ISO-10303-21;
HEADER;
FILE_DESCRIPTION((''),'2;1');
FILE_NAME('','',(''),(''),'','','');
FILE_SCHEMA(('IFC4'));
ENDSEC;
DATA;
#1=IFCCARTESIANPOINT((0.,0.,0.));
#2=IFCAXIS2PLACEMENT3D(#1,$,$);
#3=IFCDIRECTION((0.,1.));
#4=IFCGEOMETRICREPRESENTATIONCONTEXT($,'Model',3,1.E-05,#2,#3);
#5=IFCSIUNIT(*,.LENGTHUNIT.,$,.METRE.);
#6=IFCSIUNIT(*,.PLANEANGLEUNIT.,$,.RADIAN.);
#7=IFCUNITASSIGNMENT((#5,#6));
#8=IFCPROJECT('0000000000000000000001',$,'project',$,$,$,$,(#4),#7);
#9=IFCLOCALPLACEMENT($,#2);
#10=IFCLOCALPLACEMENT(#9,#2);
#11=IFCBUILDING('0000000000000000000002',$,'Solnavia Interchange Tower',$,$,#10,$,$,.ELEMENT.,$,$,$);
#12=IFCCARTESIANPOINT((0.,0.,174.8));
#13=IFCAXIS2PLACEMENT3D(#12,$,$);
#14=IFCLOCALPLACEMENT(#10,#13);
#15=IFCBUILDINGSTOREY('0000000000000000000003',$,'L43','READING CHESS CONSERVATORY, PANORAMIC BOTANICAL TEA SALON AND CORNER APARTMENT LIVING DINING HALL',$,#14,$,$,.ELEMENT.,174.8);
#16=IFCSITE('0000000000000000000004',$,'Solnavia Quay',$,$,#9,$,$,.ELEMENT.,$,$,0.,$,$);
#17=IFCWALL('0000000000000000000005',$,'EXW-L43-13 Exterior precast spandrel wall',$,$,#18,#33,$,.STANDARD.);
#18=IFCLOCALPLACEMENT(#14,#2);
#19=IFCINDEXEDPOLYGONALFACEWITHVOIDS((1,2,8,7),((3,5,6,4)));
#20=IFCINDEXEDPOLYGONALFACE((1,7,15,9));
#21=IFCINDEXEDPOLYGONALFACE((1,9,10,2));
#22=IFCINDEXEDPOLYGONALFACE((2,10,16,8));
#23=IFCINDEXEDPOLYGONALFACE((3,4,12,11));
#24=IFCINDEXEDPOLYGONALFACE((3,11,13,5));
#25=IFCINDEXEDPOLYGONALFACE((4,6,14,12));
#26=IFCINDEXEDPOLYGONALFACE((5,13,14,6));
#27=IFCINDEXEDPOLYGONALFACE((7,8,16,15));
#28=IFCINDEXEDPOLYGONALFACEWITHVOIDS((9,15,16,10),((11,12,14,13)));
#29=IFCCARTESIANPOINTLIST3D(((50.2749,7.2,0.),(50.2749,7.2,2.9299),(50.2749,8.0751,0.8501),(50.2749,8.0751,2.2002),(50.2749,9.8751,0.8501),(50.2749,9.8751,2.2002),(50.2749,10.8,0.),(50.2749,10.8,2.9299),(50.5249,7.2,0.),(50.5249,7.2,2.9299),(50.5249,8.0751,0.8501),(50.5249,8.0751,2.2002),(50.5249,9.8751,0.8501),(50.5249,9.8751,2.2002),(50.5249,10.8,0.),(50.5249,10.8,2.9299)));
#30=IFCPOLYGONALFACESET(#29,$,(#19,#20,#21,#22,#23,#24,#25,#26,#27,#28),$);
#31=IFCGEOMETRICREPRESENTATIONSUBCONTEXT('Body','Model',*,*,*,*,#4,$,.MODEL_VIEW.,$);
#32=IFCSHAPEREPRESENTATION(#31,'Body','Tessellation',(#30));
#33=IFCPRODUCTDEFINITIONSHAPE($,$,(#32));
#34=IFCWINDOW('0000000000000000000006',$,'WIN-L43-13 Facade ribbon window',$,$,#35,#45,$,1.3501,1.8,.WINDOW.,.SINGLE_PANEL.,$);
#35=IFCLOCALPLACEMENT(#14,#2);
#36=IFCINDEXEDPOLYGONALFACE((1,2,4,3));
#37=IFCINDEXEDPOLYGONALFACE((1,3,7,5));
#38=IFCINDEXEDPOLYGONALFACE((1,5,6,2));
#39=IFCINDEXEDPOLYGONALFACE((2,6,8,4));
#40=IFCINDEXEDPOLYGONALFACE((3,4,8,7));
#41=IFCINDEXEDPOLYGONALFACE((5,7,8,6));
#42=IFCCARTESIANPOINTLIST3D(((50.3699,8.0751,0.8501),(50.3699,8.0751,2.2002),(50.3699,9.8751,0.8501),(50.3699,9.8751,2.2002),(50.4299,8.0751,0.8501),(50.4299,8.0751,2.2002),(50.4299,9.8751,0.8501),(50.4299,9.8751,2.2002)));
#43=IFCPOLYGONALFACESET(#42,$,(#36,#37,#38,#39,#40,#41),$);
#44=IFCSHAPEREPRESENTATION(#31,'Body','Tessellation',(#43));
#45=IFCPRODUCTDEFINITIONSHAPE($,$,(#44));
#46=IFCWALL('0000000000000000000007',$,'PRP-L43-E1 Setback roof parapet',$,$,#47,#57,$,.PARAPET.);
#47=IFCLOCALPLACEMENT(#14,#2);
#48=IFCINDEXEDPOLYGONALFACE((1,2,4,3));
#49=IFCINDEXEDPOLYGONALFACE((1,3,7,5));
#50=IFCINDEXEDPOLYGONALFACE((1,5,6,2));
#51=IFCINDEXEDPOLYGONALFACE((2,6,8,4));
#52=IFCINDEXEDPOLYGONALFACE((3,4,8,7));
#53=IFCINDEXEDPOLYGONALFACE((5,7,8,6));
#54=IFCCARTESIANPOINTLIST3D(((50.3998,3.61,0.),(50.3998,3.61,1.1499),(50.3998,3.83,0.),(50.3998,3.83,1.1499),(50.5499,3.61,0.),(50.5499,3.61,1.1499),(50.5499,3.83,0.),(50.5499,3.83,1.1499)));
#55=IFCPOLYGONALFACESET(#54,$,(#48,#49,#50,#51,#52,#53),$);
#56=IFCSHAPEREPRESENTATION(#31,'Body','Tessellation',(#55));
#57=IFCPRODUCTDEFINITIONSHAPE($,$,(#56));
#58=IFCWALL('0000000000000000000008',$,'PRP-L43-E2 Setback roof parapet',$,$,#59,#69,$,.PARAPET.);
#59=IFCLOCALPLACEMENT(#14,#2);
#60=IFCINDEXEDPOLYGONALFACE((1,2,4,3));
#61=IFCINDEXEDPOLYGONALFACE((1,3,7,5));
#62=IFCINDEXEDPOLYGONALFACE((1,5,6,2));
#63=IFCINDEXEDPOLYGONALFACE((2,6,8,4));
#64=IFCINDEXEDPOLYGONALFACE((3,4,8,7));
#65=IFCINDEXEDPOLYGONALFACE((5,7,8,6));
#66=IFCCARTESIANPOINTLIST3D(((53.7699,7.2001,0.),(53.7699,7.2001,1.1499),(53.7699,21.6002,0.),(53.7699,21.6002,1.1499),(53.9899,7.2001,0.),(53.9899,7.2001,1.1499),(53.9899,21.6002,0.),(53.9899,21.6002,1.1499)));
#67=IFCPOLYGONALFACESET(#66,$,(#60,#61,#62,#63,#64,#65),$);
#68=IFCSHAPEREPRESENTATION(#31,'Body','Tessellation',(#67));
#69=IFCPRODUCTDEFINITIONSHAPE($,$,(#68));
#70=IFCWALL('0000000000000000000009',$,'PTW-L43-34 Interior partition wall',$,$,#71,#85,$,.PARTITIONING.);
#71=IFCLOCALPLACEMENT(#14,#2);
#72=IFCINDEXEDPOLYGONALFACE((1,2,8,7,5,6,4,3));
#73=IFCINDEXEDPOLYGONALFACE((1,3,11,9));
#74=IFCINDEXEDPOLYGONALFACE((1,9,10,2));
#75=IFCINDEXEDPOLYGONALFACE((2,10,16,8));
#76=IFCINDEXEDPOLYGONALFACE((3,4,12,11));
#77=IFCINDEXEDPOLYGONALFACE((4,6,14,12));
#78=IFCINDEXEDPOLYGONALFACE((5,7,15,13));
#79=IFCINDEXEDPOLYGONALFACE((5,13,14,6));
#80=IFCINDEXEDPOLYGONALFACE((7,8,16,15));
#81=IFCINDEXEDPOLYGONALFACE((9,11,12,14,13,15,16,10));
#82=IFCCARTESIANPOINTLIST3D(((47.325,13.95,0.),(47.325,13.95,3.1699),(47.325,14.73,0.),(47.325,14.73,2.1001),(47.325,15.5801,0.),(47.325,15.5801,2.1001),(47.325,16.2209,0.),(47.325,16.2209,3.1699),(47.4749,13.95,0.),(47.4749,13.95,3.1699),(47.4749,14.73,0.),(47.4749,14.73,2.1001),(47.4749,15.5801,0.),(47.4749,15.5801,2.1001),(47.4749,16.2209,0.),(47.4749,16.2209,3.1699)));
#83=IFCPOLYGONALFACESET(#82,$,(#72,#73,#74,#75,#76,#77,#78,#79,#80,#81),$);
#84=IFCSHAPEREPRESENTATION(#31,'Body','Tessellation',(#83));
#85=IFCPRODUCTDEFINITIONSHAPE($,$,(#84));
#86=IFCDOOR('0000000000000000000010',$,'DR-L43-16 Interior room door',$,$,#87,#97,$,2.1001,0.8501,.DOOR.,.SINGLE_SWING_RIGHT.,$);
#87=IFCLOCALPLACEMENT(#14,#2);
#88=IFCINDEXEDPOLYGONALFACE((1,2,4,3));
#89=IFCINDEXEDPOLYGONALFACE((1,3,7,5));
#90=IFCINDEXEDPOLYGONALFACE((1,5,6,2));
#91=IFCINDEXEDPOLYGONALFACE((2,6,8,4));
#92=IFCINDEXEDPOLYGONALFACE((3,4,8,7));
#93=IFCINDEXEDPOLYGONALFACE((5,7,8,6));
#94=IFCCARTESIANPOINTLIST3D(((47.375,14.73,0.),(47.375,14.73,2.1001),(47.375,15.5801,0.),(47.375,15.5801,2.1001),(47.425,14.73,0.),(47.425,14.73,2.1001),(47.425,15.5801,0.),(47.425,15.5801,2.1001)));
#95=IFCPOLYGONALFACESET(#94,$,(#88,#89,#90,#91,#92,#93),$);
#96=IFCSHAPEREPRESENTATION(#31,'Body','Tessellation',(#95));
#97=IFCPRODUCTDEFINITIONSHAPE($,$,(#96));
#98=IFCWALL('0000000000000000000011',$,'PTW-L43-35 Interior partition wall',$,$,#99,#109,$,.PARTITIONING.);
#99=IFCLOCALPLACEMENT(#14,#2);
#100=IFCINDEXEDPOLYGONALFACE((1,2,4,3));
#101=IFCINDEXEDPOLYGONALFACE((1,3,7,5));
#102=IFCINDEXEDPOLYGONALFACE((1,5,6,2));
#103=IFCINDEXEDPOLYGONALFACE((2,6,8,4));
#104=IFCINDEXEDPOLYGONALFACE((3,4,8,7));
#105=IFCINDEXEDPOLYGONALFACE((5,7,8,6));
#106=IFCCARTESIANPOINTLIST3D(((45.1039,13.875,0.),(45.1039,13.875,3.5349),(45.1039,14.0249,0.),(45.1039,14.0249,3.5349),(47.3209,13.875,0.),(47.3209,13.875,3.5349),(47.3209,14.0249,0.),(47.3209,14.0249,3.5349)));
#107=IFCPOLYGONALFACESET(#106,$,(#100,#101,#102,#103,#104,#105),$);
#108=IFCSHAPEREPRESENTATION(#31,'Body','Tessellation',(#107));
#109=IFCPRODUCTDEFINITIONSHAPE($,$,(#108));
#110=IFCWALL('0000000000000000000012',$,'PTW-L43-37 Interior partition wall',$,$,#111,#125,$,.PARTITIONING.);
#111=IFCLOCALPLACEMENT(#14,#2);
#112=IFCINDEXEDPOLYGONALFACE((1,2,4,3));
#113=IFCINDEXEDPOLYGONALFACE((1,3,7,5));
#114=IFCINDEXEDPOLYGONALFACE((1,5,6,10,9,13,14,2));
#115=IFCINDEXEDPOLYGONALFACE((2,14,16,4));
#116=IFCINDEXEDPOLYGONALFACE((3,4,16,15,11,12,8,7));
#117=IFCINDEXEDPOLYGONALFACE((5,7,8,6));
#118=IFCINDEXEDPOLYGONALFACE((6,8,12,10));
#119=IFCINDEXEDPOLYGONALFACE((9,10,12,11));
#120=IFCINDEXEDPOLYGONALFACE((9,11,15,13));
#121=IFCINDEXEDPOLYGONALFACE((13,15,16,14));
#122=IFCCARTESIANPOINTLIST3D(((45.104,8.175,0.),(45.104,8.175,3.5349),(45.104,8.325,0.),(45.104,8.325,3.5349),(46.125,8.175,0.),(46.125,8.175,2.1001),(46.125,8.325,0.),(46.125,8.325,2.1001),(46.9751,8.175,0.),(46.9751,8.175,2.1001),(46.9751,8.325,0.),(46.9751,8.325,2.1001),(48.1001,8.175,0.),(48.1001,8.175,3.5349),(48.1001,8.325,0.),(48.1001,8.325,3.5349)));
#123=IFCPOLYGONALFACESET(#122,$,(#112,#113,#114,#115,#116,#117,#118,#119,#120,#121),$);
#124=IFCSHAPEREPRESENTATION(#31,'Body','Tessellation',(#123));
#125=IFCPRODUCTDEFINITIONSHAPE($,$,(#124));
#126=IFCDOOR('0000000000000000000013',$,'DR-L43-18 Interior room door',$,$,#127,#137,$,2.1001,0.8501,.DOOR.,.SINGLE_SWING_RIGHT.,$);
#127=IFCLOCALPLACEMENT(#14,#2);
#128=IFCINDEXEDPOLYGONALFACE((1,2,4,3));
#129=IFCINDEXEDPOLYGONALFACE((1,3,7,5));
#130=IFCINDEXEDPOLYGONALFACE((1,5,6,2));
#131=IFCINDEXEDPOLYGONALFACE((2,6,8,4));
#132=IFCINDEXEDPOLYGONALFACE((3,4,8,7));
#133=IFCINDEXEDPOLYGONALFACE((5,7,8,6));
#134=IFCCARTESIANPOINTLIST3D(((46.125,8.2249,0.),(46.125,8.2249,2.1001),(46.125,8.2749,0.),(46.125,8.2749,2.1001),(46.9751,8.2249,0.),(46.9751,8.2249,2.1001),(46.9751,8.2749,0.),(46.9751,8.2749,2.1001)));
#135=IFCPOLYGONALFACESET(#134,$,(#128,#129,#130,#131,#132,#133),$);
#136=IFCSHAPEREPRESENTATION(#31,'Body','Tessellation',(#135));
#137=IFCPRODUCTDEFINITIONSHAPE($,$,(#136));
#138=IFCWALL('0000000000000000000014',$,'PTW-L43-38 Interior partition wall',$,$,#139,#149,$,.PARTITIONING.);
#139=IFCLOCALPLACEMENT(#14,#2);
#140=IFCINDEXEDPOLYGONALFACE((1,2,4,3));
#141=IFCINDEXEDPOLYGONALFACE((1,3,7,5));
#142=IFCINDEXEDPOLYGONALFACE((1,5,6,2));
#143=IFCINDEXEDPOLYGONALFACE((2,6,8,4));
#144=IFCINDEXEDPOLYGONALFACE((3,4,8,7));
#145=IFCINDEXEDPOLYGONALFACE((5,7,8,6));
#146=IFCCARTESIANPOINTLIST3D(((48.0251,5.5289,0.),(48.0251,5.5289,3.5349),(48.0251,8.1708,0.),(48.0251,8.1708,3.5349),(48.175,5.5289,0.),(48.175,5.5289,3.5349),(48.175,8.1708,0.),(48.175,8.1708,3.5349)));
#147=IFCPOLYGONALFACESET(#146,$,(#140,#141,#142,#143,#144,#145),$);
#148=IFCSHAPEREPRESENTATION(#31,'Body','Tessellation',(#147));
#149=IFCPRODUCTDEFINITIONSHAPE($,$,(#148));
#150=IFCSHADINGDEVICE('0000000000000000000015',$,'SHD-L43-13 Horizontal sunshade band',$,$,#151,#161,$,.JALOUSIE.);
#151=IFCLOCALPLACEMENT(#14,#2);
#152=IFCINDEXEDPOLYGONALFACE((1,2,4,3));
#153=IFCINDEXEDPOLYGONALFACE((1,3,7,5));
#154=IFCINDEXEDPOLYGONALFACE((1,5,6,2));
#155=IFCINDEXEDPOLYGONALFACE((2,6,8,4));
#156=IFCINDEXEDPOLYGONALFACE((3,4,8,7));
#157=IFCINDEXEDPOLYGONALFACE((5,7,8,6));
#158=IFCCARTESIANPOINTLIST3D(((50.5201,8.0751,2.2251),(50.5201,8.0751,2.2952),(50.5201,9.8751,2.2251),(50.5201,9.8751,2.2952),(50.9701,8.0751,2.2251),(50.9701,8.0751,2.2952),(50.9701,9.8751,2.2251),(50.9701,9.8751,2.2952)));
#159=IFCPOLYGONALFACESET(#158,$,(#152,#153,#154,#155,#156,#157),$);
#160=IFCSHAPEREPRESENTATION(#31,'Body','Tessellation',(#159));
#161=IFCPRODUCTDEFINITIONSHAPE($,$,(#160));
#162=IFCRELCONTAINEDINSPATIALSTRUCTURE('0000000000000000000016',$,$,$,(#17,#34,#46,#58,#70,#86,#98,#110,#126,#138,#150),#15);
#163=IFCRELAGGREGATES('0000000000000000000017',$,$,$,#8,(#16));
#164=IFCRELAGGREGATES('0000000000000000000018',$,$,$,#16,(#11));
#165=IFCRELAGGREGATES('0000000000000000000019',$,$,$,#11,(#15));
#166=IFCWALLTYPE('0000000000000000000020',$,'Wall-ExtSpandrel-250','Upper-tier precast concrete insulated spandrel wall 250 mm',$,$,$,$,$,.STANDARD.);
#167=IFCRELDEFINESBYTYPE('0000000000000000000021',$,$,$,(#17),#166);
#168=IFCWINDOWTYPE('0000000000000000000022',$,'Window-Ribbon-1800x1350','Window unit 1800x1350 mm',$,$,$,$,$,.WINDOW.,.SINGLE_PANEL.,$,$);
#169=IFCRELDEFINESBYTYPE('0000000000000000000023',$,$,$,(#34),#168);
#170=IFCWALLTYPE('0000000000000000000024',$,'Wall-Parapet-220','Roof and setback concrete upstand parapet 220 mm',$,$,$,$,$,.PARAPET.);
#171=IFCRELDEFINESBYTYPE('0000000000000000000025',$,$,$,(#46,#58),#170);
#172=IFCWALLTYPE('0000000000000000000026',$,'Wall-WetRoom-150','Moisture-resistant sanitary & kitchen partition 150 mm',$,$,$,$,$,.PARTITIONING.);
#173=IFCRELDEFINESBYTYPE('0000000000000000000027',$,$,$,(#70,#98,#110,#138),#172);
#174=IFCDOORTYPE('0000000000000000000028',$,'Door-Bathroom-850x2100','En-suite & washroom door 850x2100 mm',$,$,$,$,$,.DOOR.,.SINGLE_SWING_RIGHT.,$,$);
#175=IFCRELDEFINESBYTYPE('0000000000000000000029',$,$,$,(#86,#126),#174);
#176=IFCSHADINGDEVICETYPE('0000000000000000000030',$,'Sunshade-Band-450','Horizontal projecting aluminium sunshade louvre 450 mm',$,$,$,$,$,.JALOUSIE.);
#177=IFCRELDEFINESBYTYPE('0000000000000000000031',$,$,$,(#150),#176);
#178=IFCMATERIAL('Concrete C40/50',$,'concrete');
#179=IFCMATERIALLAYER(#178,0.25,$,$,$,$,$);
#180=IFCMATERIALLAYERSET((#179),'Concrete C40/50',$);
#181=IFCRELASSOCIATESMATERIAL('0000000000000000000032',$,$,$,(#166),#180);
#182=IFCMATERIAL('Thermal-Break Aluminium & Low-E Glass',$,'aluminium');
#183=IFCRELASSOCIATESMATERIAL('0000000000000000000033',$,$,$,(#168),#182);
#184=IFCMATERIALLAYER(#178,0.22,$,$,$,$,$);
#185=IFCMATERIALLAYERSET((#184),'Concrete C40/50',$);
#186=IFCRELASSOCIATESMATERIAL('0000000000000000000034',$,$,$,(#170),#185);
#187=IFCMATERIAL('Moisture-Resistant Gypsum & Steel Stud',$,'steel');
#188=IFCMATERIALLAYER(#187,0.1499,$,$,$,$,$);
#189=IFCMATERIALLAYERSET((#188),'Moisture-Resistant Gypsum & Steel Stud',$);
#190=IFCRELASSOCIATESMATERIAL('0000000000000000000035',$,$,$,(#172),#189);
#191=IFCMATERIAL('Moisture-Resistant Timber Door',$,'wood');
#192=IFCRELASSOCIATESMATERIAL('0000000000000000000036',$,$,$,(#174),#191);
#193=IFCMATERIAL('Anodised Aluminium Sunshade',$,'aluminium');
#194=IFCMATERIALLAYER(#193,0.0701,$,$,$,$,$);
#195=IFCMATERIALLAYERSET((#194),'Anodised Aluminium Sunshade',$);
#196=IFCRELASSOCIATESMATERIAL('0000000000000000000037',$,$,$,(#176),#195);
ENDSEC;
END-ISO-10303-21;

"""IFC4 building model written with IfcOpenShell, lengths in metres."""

from ifc_helpers import new_model, si_unit, direction, frame, frame_2d, origin, origin_2d, place, context, subcontext, project, spatial, rectangle, extrude, material, layer, layer_set, type_object, element, fill, save


model = new_model("IFC4")

# Units and contexts
model_context = context("Model", 3, precision=1e-05, world=origin(), true_north=direction((0.0, 1.0)))
body_context = subcontext(model_context, "Body", "Model", "MODEL_VIEW")
ifc_project = project(units=[si_unit("LENGTHUNIT", "METRE"), si_unit("PLANEANGLEUNIT", "RADIAN")], contexts=[model_context])

# Site, building, storey
site_placement = place(None, origin())
site = spatial("IfcSite", under=ifc_project, at=site_placement, Name="Solnavia Quay", CompositionType="ELEMENT", RefElevation=0.0)
building_placement = place(site_placement, origin())
building = spatial("IfcBuilding", under=site, at=building_placement, Name="Solnavia Interchange Tower", CompositionType="ELEMENT")
storey_placement = place(building_placement, frame((0.0, 0.0, 174.8)))
storey = spatial("IfcBuildingStorey", under=building, at=storey_placement, Name="L43", Description="READING CHESS CONSERVATORY, PANORAMIC BOTANICAL TEA SALON AND CORNER APARTMENT LIVING DINING HALL", CompositionType="ELEMENT", Elevation=174.8)

# Shared definitions
ifc_material_1 = material(Name="Concrete C40/50", Category="concrete")
ifc_layer_1 = layer(ifc_material_1, 0.25)
ifc_layer_set_1 = layer_set([ifc_layer_1], Name="Concrete C40/50")
wall_type_1 = type_object("IfcWallType", Name="Wall-ExtSpandrel-250", Description="Upper-tier precast concrete insulated spandrel wall 250 mm", PredefinedType="STANDARD", material=ifc_layer_set_1)
ifc_material_2 = material(Name="Thermal-Break Aluminium & Low-E Glass", Category="aluminium")
window_type = type_object("IfcWindowType", Name="Window-Ribbon-1800x1350", Description="Window unit 1800x1350 mm", PartitioningType="SINGLE_PANEL", PredefinedType="WINDOW", material=ifc_material_2)

# Wall, opening, window
wall_1_placement = place(storey_placement, frame((50.3999, 10.8, 0.0), z_axis=(0.0, 0.0, 1.0), x_axis=(0.0, -1.0, 0.0)))
wall_1 = element("IfcWall", 1, at=wall_1_placement, inside=storey, type_object=wall_type_1, Name="EXW-L43-13 Exterior precast spandrel wall", PredefinedType="STANDARD", context=body_context, shape_type="SweptSolid", body=[
    extrude(rectangle(XDim=3.6001, YDim=0.25, at=frame_2d((1.8, 0.0))), origin(), (0.0, 0.0, 1.0), 2.9299),
])
opening_1_placement = place(wall_1_placement, frame((0.925, 0.0, 0.8501)))
opening_1 = element("IfcOpeningElement", 2, at=opening_1_placement, cuts=wall_1, PredefinedType="OPENING", context=body_context, shape_type="SweptSolid", body=[
    extrude(rectangle(XDim=1.8, YDim=1.3501, at=frame_2d((0.8999, 0.675))), frame((0.0, 0.135, 0.0), z_axis=(0.0, -1.0, 0.0), x_axis=(1.0, 0.0, 0.0)), (0.0, 0.0, 1.0), 0.27),
])
window_1_placement = place(opening_1_placement, origin())
window_1 = element("IfcWindow", 3, at=window_1_placement, inside=storey, type_object=window_type, Name="WIN-L43-13 Facade ribbon window", OverallHeight=1.3501, OverallWidth=1.8, PartitioningType="SINGLE_PANEL", PredefinedType="WINDOW", context=body_context, shape_type="SweptSolid", body=[
    extrude(rectangle(XDim=1.8, YDim=1.3501, at=frame_2d((0.8999, 0.675))), frame((0.0, 0.03, 0.0), z_axis=(0.0, -1.0, 0.0), x_axis=(1.0, 0.0, 0.0)), (0.0, 0.0, 1.0), 0.0601),
])
fill(opening_1, window_1)

# Walls
ifc_layer_2 = layer(ifc_material_1, 0.22)
ifc_layer_set_2 = layer_set([ifc_layer_2], Name="Concrete C40/50")
wall_type_2 = type_object("IfcWallType", Name="Wall-Parapet-220", Description="Roof and setback concrete upstand parapet 220 mm", PredefinedType="PARAPET", material=ifc_layer_set_2)
wall_2_placement = place(storey_placement, frame((50.55, 3.72, 0.0), z_axis=(0.0, 0.0, 1.0), x_axis=(-1.0, 0.0, 0.0)))
element("IfcWall", 4, at=wall_2_placement, inside=storey, type_object=wall_type_2, Name="PRP-L43-E1 Setback roof parapet", PredefinedType="PARAPET", context=body_context, shape_type="SweptSolid", body=[
    extrude(rectangle(XDim=0.1501, YDim=0.22, at=frame_2d((0.0752, 0.0))), origin(), (0.0, 0.0, 1.0), 1.1499),
])
wall_3_placement = place(storey_placement, frame((53.8799, 7.2, 0.0), z_axis=(0.0, 0.0, 1.0), x_axis=(0.0, 1.0, 0.0)))
element("IfcWall", 5, at=wall_3_placement, inside=storey, type_object=wall_type_2, Name="PRP-L43-E2 Setback roof parapet", PredefinedType="PARAPET", context=body_context, shape_type="SweptSolid", body=[
    extrude(rectangle(XDim=14.4001, YDim=0.22, at=frame_2d((7.2002, 0.0))), origin(), (0.0, 0.0, 1.0), 1.1499),
])

# Wall, opening, door
ifc_material_3 = material(Name="Moisture-Resistant Gypsum & Steel Stud", Category="steel")
ifc_layer_3 = layer(ifc_material_3, 0.1499)
ifc_layer_set_3 = layer_set([ifc_layer_3], Name="Moisture-Resistant Gypsum & Steel Stud")
wall_type_3 = type_object("IfcWallType", Name="Wall-WetRoom-150", Description="Moisture-resistant sanitary & kitchen partition 150 mm", PredefinedType="PARTITIONING", material=ifc_layer_set_3)
wall_4_placement = place(storey_placement, frame((47.3999, 13.95, 0.0), z_axis=(0.0, 0.0, 1.0), x_axis=(0.0, 1.0, 0.0)))
wall_4 = element("IfcWall", 6, at=wall_4_placement, inside=storey, type_object=wall_type_3, Name="PTW-L43-34 Interior partition wall", PredefinedType="PARTITIONING", context=body_context, shape_type="SweptSolid", body=[
    extrude(rectangle(XDim=2.271, YDim=0.1499, at=frame_2d((1.1355, 0.0))), origin(), (0.0, 0.0, 1.0), 3.1699),
])
opening_2_placement = place(wall_4_placement, frame((0.78, 0.0, 0.0)))
opening_2 = element("IfcOpeningElement", 7, at=opening_2_placement, cuts=wall_4, PredefinedType="OPENING", context=body_context, shape_type="SweptSolid", body=[
    extrude(rectangle(XDim=0.8501, YDim=2.1001, at=frame_2d((0.425, 1.05))), frame((0.0, 0.085, 0.0), z_axis=(0.0, -1.0, 0.0), x_axis=(1.0, 0.0, 0.0)), (0.0, 0.0, 1.0), 0.1699),
])
ifc_material_4 = material(Name="Moisture-Resistant Timber Door", Category="wood")
door_type = type_object("IfcDoorType", Name="Door-Bathroom-850x2100", Description="En-suite & washroom door 850x2100 mm", OperationType="SINGLE_SWING_RIGHT", PredefinedType="DOOR", material=ifc_material_4)
door_1_placement = place(opening_2_placement, origin())
door_1 = element("IfcDoor", 8, at=door_1_placement, inside=storey, type_object=door_type, Name="DR-L43-16 Interior room door", OperationType="SINGLE_SWING_RIGHT", OverallHeight=2.1001, OverallWidth=0.8501, PredefinedType="DOOR", context=body_context, shape_type="SweptSolid", body=[
    extrude(rectangle(XDim=0.8501, YDim=2.1001, at=frame_2d((0.425, 1.05))), frame((0.0, 0.0249, 0.0), z_axis=(0.0, -1.0, 0.0), x_axis=(1.0, 0.0, 0.0)), (0.0, 0.0, 1.0), 0.05),
])
fill(opening_2, door_1)

# Wall
wall_5_placement = place(storey_placement, frame((45.104, 13.95, 0.0), z_axis=(0.0, 0.0, 1.0), x_axis=(1.0, 0.0, 0.0)))
element("IfcWall", 9, at=wall_5_placement, inside=storey, type_object=wall_type_3, Name="PTW-L43-35 Interior partition wall", PredefinedType="PARTITIONING", context=body_context, shape_type="SweptSolid", body=[
    extrude(rectangle(XDim=2.217, YDim=0.1499, at=frame_2d((1.1084, 0.0))), origin(), (0.0, 0.0, 1.0), 3.5349),
])

# Wall, opening, door
wall_6_placement = place(storey_placement, frame((45.104, 8.25, 0.0), z_axis=(0.0, 0.0, 1.0), x_axis=(1.0, 0.0, 0.0)))
wall_6 = element("IfcWall", 10, at=wall_6_placement, inside=storey, type_object=wall_type_3, Name="PTW-L43-37 Interior partition wall", PredefinedType="PARTITIONING", context=body_context, shape_type="SweptSolid", body=[
    extrude(rectangle(XDim=2.9961, YDim=0.1499, at=frame_2d((1.498, 0.0))), origin(), (0.0, 0.0, 1.0), 3.5349),
])
opening_3_placement = place(wall_6_placement, frame((1.021, 0.0, 0.0)))
opening_3 = element("IfcOpeningElement", 11, at=opening_3_placement, cuts=wall_6, PredefinedType="OPENING", context=body_context, shape_type="SweptSolid", body=[
    extrude(rectangle(XDim=0.8501, YDim=2.1001, at=frame_2d((0.425, 1.05))), frame((0.0, 0.085, 0.0), z_axis=(0.0, -1.0, 0.0), x_axis=(1.0, 0.0, 0.0)), (0.0, 0.0, 1.0), 0.1699),
])
door_2_placement = place(opening_3_placement, origin())
door_2 = element("IfcDoor", 12, at=door_2_placement, inside=storey, type_object=door_type, Name="DR-L43-18 Interior room door", OperationType="SINGLE_SWING_RIGHT", OverallHeight=2.1001, OverallWidth=0.8501, PredefinedType="DOOR", context=body_context, shape_type="SweptSolid", body=[
    extrude(rectangle(XDim=0.8501, YDim=2.1001, at=frame_2d((0.425, 1.05))), frame((0.0, 0.0249, 0.0), z_axis=(0.0, -1.0, 0.0), x_axis=(1.0, 0.0, 0.0)), (0.0, 0.0, 1.0), 0.05),
])
fill(opening_3, door_2)

# Wall
wall_7_placement = place(storey_placement, frame((48.1001, 5.5291, 0.0), z_axis=(0.0, 0.0, 1.0), x_axis=(0.0, 1.0, 0.0)))
element("IfcWall", 13, at=wall_7_placement, inside=storey, type_object=wall_type_3, Name="PTW-L43-38 Interior partition wall", PredefinedType="PARTITIONING", context=body_context, shape_type="SweptSolid", body=[
    extrude(rectangle(XDim=2.6418, YDim=0.1499, at=frame_2d((1.3208, 0.0))), origin(), (0.0, 0.0, 1.0), 3.5349),
])

# Shading device
ifc_material_5 = material(Name="Anodised Aluminium Sunshade", Category="aluminium")
ifc_layer_4 = layer(ifc_material_5, 0.0701)
ifc_layer_set_4 = layer_set([ifc_layer_4], Name="Anodised Aluminium Sunshade")
shading_device_type = type_object("IfcShadingDeviceType", Name="Sunshade-Band-450", Description="Horizontal projecting aluminium sunshade louvre 450 mm", PredefinedType="JALOUSIE", material=ifc_layer_set_4)
shading_device_placement = place(storey_placement, frame((50.7451, 8.9751, 2.2251), z_axis=(0.0, 0.0, 1.0), x_axis=(0.0, -1.0, 0.0)))
element("IfcShadingDevice", 14, at=shading_device_placement, inside=storey, type_object=shading_device_type, Name="SHD-L43-13 Horizontal sunshade band", PredefinedType="JALOUSIE", context=body_context, shape_type="SweptSolid", body=[
    extrude(rectangle(XDim=1.8, YDim=0.45, at=origin_2d()), origin(), (0.0, 0.0, 1.0), 0.0701),
])

save(model, "model.ifc")
